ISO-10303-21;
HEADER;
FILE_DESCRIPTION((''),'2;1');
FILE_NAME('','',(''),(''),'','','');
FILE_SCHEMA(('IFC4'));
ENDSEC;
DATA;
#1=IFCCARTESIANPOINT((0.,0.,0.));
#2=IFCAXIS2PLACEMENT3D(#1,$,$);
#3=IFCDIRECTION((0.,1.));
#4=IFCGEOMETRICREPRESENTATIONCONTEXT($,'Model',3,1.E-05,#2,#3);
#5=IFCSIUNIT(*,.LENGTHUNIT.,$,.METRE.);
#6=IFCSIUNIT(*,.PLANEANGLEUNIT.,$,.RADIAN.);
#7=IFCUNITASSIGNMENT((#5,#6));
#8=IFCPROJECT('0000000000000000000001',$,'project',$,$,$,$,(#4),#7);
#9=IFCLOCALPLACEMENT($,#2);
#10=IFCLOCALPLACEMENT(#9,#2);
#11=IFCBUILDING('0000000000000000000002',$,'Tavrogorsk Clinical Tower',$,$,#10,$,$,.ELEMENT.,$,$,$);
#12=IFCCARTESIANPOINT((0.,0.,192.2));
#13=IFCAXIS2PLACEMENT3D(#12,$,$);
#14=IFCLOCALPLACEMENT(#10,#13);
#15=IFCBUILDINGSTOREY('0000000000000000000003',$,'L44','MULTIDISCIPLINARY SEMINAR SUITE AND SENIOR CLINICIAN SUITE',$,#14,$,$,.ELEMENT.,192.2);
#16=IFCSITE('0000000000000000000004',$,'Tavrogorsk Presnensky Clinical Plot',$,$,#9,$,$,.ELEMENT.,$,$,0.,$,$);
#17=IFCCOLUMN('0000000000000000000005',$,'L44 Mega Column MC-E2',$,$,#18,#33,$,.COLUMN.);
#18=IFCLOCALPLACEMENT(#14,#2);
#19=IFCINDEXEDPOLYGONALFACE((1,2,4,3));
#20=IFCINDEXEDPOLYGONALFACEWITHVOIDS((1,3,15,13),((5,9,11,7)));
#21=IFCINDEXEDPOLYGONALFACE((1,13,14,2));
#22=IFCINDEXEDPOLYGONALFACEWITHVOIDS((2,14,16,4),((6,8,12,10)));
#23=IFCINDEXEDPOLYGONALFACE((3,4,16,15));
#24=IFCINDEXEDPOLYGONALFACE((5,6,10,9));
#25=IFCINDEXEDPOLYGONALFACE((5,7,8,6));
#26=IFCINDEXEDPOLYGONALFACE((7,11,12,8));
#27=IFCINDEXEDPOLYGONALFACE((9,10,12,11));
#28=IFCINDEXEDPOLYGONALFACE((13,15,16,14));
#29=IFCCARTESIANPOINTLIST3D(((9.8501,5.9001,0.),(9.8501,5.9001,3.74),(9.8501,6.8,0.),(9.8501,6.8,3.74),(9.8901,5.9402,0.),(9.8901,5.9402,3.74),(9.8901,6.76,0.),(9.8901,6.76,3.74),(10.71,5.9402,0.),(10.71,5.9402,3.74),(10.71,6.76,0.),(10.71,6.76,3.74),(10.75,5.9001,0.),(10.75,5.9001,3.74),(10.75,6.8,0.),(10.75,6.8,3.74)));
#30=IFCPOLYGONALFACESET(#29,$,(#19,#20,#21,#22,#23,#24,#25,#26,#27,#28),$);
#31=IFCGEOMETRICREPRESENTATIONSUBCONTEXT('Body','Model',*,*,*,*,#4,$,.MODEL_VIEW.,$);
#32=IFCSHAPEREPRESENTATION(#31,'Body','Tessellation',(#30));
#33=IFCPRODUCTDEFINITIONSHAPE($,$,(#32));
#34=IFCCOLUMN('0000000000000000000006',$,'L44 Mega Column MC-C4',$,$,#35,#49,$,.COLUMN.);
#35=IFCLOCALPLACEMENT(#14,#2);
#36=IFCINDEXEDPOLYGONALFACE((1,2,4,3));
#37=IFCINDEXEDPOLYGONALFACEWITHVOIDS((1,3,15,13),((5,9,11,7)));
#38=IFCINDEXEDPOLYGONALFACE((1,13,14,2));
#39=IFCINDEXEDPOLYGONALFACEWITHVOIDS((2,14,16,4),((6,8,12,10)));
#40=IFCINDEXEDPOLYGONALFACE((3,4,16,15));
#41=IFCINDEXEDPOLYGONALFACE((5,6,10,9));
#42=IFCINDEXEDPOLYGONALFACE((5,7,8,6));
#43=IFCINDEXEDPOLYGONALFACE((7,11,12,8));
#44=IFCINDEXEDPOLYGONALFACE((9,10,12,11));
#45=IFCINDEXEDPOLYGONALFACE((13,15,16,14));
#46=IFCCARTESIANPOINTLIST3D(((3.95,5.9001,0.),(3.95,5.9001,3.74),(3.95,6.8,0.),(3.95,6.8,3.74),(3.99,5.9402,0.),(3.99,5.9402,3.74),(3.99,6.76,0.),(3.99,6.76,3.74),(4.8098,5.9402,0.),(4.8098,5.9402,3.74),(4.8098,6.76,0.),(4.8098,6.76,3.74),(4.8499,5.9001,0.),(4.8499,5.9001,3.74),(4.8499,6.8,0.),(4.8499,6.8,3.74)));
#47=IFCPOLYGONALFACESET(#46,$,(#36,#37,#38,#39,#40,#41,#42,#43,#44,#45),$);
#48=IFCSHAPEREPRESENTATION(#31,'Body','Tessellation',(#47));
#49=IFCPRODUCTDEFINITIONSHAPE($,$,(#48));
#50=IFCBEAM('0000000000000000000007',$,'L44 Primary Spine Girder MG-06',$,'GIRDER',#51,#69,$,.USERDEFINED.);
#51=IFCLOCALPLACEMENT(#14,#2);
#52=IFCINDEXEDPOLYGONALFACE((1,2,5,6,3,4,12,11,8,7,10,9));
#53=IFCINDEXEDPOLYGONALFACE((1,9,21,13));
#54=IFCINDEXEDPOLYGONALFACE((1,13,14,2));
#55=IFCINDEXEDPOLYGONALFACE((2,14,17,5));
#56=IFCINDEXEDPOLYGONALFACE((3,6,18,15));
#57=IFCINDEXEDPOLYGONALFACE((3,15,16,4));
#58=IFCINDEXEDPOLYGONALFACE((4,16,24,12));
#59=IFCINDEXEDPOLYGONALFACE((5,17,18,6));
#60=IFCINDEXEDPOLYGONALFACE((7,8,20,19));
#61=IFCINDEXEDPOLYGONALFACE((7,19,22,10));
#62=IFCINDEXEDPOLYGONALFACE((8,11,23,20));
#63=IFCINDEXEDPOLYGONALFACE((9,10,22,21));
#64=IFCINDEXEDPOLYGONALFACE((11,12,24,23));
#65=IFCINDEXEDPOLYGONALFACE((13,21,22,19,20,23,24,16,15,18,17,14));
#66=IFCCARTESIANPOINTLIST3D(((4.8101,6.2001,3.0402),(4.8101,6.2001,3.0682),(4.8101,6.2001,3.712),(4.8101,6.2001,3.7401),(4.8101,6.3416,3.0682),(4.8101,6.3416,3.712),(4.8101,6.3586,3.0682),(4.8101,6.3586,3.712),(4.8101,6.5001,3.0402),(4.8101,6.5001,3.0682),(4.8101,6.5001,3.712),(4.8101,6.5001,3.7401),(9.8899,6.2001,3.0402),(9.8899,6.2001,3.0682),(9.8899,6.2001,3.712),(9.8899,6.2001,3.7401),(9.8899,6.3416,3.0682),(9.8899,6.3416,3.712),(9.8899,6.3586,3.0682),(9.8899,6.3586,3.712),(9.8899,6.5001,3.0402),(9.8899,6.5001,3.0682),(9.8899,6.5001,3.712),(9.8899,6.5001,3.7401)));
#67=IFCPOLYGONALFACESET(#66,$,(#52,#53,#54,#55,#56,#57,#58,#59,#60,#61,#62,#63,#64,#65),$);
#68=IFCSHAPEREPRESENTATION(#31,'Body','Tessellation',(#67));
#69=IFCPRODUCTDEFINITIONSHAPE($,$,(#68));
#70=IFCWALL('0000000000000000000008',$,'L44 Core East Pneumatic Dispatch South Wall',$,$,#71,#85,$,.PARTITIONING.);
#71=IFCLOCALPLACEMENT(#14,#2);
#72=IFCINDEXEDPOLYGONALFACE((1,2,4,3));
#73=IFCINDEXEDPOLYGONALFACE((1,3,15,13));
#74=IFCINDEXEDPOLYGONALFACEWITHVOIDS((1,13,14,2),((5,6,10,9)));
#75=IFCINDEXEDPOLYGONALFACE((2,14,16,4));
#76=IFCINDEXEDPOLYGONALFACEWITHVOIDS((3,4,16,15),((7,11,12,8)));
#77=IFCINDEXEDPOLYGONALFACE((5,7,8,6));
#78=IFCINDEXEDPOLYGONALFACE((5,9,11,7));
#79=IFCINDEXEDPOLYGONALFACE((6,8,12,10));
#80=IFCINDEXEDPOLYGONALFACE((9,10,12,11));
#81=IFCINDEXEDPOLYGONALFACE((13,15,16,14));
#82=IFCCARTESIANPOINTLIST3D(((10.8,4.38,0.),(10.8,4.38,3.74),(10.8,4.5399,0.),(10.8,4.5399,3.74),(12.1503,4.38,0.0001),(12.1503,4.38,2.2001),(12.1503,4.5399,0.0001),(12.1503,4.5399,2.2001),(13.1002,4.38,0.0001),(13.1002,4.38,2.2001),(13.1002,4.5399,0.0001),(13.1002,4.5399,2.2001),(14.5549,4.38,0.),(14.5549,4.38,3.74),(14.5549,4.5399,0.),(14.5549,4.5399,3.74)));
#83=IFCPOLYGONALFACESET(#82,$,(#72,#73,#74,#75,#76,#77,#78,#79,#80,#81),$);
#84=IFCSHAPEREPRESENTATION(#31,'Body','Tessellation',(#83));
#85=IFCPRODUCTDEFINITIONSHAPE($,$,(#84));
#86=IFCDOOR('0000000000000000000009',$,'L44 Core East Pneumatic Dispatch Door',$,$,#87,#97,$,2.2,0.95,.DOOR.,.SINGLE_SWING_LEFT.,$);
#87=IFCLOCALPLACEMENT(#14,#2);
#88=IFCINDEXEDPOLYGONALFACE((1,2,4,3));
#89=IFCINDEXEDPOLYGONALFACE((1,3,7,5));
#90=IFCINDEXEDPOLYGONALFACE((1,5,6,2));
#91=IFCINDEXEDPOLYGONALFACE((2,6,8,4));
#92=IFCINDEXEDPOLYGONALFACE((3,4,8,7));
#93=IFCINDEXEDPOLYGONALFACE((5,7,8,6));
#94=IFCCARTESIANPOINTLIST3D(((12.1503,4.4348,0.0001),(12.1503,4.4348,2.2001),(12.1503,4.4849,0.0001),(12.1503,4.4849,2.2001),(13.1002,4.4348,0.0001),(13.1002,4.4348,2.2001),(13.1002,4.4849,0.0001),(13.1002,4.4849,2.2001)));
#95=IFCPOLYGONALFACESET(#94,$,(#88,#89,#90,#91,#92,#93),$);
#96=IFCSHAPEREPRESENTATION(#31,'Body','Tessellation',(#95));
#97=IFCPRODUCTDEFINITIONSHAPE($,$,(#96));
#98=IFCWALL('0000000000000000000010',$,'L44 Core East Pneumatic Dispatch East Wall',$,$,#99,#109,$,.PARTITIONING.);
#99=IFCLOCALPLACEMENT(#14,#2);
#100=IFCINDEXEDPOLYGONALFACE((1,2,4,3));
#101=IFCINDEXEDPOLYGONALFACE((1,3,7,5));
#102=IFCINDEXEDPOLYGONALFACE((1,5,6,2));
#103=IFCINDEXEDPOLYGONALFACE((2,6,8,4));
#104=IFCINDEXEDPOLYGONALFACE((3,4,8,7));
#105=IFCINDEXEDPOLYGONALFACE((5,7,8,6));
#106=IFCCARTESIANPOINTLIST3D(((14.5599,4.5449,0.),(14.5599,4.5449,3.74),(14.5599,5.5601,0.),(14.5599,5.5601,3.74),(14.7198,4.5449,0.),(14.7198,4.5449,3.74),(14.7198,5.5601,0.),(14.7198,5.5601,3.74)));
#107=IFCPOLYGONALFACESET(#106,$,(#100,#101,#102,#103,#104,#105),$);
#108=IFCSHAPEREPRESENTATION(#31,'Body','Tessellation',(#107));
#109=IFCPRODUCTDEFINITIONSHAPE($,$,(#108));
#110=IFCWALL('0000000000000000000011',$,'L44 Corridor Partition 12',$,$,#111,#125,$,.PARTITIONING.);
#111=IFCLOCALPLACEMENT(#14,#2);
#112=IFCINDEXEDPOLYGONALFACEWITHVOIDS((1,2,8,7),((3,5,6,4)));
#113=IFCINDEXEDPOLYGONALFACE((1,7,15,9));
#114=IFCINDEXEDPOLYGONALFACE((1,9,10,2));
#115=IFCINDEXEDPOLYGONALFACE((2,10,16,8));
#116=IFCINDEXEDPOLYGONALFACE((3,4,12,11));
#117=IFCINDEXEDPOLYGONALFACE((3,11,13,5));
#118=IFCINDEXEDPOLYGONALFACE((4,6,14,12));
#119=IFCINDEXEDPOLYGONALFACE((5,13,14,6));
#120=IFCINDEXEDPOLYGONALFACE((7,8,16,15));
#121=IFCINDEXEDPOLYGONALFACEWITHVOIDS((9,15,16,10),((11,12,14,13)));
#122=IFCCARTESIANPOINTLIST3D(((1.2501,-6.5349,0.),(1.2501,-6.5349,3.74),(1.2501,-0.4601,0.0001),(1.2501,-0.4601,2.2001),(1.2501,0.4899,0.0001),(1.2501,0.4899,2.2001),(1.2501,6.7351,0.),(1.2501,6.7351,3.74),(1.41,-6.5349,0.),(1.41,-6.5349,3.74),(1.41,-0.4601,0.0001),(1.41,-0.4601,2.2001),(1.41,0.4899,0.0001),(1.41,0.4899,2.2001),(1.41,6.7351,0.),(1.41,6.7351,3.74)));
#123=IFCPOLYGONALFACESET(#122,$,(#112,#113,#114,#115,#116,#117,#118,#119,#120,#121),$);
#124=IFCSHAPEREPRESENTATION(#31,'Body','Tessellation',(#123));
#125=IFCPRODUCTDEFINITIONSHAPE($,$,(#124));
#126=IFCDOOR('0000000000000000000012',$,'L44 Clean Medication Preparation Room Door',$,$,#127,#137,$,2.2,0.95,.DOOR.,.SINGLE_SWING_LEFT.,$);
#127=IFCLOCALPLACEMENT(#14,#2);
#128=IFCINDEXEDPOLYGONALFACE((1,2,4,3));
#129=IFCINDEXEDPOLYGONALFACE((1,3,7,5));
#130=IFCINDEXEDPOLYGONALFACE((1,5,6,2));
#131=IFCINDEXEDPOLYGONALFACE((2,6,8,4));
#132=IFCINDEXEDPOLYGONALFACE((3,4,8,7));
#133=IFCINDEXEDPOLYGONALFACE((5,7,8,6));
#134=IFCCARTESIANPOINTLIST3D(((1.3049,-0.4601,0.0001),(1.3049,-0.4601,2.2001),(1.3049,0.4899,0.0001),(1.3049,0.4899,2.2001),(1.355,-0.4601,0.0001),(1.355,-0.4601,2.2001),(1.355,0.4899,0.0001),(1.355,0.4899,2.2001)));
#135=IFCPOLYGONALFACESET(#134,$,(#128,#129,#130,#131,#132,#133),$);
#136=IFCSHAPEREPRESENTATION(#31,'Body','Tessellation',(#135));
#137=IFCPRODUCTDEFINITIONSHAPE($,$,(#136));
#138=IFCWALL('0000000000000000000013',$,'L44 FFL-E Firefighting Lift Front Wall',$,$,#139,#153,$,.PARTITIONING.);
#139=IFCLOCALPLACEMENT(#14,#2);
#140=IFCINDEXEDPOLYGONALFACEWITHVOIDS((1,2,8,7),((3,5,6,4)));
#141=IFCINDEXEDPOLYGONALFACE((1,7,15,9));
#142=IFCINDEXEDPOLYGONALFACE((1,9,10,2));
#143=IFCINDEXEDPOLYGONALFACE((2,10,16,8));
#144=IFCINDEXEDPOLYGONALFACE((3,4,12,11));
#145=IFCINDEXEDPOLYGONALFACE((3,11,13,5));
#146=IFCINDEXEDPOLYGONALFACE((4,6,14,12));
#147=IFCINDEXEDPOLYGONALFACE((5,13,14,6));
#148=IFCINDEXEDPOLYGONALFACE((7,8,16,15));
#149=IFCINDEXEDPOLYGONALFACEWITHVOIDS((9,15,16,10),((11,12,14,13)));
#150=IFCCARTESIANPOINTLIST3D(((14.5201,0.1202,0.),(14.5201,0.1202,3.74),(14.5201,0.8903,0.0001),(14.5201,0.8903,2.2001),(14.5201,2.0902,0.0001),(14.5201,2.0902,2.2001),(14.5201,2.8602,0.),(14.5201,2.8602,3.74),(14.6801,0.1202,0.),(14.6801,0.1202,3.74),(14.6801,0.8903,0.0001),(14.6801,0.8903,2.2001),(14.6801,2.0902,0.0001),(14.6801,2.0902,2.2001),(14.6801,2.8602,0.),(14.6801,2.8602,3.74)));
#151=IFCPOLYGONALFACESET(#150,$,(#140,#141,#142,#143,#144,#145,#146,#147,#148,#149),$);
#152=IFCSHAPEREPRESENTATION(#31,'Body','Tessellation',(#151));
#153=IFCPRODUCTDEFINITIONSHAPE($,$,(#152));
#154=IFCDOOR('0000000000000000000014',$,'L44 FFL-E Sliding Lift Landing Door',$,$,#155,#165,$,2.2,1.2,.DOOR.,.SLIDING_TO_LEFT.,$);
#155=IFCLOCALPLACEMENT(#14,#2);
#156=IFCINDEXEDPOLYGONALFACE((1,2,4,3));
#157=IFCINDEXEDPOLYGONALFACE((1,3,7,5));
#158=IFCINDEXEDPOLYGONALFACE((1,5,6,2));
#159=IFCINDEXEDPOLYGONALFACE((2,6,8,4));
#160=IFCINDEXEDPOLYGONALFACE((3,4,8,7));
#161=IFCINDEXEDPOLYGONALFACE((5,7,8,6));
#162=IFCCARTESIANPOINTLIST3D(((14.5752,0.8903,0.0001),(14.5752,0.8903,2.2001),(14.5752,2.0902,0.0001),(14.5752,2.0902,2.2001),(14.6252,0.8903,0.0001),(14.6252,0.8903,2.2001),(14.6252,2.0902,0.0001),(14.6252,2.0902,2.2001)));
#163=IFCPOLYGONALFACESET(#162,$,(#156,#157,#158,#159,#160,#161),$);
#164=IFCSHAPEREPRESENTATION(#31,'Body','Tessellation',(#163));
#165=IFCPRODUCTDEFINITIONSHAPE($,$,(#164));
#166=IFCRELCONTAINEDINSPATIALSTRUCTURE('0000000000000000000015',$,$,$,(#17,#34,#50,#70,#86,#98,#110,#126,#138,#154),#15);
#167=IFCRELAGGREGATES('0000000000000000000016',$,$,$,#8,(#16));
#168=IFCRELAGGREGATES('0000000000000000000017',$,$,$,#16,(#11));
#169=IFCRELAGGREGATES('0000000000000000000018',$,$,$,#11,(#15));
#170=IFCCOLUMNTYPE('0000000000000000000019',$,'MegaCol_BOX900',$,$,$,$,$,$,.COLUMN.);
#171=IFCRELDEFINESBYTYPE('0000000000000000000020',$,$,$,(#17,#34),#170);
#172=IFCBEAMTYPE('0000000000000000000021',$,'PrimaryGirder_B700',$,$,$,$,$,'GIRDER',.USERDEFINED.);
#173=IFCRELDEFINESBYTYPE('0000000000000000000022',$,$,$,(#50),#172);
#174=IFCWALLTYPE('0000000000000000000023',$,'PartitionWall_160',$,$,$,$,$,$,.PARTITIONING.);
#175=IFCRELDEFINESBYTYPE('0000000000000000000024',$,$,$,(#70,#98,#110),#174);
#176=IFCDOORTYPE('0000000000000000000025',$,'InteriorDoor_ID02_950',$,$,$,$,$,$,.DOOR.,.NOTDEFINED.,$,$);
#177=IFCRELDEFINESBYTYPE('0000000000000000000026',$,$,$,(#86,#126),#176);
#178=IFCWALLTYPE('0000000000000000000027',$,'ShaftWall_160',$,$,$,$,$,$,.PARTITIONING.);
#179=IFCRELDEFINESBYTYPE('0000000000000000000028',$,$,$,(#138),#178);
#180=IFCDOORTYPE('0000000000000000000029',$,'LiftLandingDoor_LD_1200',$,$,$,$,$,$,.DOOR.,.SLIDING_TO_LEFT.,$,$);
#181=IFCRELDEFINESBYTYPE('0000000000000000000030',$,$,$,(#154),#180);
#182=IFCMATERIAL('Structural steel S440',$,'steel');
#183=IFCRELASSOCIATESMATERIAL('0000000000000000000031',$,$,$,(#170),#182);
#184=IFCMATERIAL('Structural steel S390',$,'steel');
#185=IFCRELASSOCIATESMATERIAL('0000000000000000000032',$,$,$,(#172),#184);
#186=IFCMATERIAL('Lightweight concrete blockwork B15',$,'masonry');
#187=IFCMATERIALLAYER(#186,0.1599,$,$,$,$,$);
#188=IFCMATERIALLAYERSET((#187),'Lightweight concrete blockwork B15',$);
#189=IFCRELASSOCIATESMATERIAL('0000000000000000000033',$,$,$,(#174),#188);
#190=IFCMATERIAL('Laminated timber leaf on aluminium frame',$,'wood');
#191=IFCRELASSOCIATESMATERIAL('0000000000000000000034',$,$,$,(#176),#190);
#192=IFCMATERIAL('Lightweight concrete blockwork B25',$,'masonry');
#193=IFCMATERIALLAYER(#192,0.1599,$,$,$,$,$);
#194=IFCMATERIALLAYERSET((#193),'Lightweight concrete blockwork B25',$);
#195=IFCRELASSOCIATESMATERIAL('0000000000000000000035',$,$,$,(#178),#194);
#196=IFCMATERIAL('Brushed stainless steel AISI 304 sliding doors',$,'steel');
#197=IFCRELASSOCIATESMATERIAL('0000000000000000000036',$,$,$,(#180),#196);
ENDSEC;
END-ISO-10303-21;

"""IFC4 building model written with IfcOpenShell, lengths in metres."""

from ifc_helpers import new_model, si_unit, direction, frame, frame_2d, origin, origin_2d, place, context, subcontext, project, spatial, rectangle, hollow_rectangle, i_section, extrude, material, layer, layer_set, material_profile, profile_set, type_object, element, fill, save


model = new_model("IFC4")

# Units and contexts
model_context = context("Model", 3, precision=1e-05, world=origin(), true_north=direction((0.0, 1.0)))
body_context = subcontext(model_context, "Body", "Model", "MODEL_VIEW")
ifc_project = project(units=[si_unit("LENGTHUNIT", "METRE"), si_unit("PLANEANGLEUNIT", "RADIAN")], contexts=[model_context])

# Site, building, storey
site_placement = place(None, origin())
site = spatial("IfcSite", under=ifc_project, at=site_placement, Name="Tavrogorsk Presnensky Clinical Plot", CompositionType="ELEMENT", RefElevation=0.0)
building_placement = place(site_placement, origin())
building = spatial("IfcBuilding", under=site, at=building_placement, Name="Tavrogorsk Clinical Tower", CompositionType="ELEMENT")
storey_placement = place(building_placement, frame((0.0, 0.0, 192.2)))
storey = spatial("IfcBuildingStorey", under=building, at=storey_placement, Name="L44", Description="MULTIDISCIPLINARY SEMINAR SUITE AND SENIOR CLINICIAN SUITE", CompositionType="ELEMENT", Elevation=192.2)

# Columns
ifc_material_1 = material(Name="Structural steel S440", Category="steel")
ifc_material_profile_1 = material_profile(ifc_material_1, hollow_rectangle(XDim=0.8999, YDim=0.8999, WallThickness=0.04, at=origin_2d()), Name="BOX-900x900x40")
ifc_profile_set_1 = profile_set([ifc_material_profile_1], Name="Structural steel S440")
column_type = type_object("IfcColumnType", Name="MegaCol_BOX900", PredefinedType="COLUMN", material=ifc_profile_set_1)
for number, where, z_axis, x_axis, name in (
    (1, (10.3, 6.3501, 0.0), (0.0, 0.0, 1.0), (1.0, 0.0, 0.0), "L44 Mega Column MC-E2"),
    (2, (4.3999, 6.3501, 0.0), (0.0, 0.0, 1.0), (1.0, 0.0, 0.0), "L44 Mega Column MC-C4"),
):
    element("IfcColumn", number, at=place(storey_placement, frame(where, z_axis=z_axis, x_axis=x_axis)), inside=storey, type_object=column_type, Name=name, PredefinedType="COLUMN", context=body_context, shape_type="SweptSolid", body=[
        extrude(hollow_rectangle(XDim=0.8999, YDim=0.8999, WallThickness=0.04, at=origin_2d()), origin(), (0.0, 0.0, 1.0), 3.74),
    ])

# Beam
ifc_material_2 = material(Name="Structural steel S390", Category="steel")
ifc_material_profile_2 = material_profile(ifc_material_2, i_section(OverallWidth=0.3, OverallDepth=0.7, WebThickness=0.0171, FlangeThickness=0.0281, at=origin_2d()), Name="B-700x300x17x28")
ifc_profile_set_2 = profile_set([ifc_material_profile_2], Name="Structural steel S390")
beam_type = type_object("IfcBeamType", Name="PrimaryGirder_B700", ElementType="GIRDER", PredefinedType="USERDEFINED", material=ifc_profile_set_2)
beam_placement = place(storey_placement, frame((4.8101, 6.3501, 3.3901), z_axis=(1.0, 0.0, 0.0), x_axis=(0.0, 1.0, 0.0)))
element("IfcBeam", 3, at=beam_placement, inside=storey, type_object=beam_type, Name="L44 Primary Spine Girder MG-06", ObjectType="GIRDER", PredefinedType="USERDEFINED", context=body_context, shape_type="SweptSolid", body=[
    extrude(i_section(OverallWidth=0.3, OverallDepth=0.7, WebThickness=0.0171, FlangeThickness=0.0281, at=origin_2d()), origin(), (0.0, 0.0, 1.0), 5.0798),
])

# Wall, opening, door
ifc_material_3 = material(Name="Lightweight concrete blockwork B15", Category="masonry")
ifc_layer_1 = layer(ifc_material_3, 0.1599)
ifc_layer_set_1 = layer_set([ifc_layer_1], Name="Lightweight concrete blockwork B15")
wall_type_1 = type_object("IfcWallType", Name="PartitionWall_160", PredefinedType="PARTITIONING", material=ifc_layer_set_1)
wall_1_placement = place(storey_placement, frame((10.8, 4.46, 0.0), z_axis=(0.0, 0.0, 1.0), x_axis=(1.0, 0.0, 0.0)))
wall_1 = element("IfcWall", 4, at=wall_1_placement, inside=storey, type_object=wall_type_1, Name="L44 Core East Pneumatic Dispatch South Wall", PredefinedType="PARTITIONING", context=body_context, shape_type="SweptSolid", body=[
    extrude(rectangle(XDim=3.7549, YDim=0.1599, at=frame_2d((1.8774, 0.0))), origin(), (0.0, 0.0, 1.0), 3.74),
])
opening_1_placement = place(wall_1_placement, frame((1.3501, 0.0, 0.0)))
opening_1 = element("IfcOpeningElement", 5, at=opening_1_placement, cuts=wall_1, PredefinedType="OPENING", context=body_context, shape_type="SweptSolid", body=[
    extrude(rectangle(XDim=0.95, YDim=2.2, at=frame_2d((0.4751, 1.1001))), frame((0.0, 0.0898, 0.0), z_axis=(0.0, -1.0, 0.0), x_axis=(1.0, 0.0, 0.0)), (0.0, 0.0, 1.0), 0.1799),
])
ifc_material_4 = material(Name="Laminated timber leaf on aluminium frame", Category="wood")
door_type_1 = type_object("IfcDoorType", Name="InteriorDoor_ID02_950", OperationType="NOTDEFINED", PredefinedType="DOOR", material=ifc_material_4)
door_1_placement = place(opening_1_placement, origin())
door_1 = element("IfcDoor", 6, at=door_1_placement, inside=storey, type_object=door_type_1, Name="L44 Core East Pneumatic Dispatch Door", OperationType="SINGLE_SWING_LEFT", OverallHeight=2.2, OverallWidth=0.95, PredefinedType="DOOR", context=body_context, shape_type="SweptSolid", body=[
    extrude(rectangle(XDim=0.95, YDim=2.2, at=frame_2d((0.4751, 1.1001))), frame((0.0, 0.0249, 0.0), z_axis=(0.0, -1.0, 0.0), x_axis=(1.0, 0.0, 0.0)), (0.0, 0.0, 1.0), 0.05),
])
fill(opening_1, door_1)

# Wall
wall_2_placement = place(storey_placement, frame((14.6399, 4.5449, 0.0), z_axis=(0.0, 0.0, 1.0), x_axis=(0.0, 1.0, 0.0)))
element("IfcWall", 7, at=wall_2_placement, inside=storey, type_object=wall_type_1, Name="L44 Core East Pneumatic Dispatch East Wall", PredefinedType="PARTITIONING", context=body_context, shape_type="SweptSolid", body=[
    extrude(rectangle(XDim=1.0151, YDim=0.1599, at=frame_2d((0.5076, 0.0))), origin(), (0.0, 0.0, 1.0), 3.74),
])

# Walls, openings, doors
wall_3_placement = place(storey_placement, frame((1.3301, 6.7351, 0.0), z_axis=(0.0, 0.0, 1.0), x_axis=(0.0, -1.0, 0.0)))
wall_3 = element("IfcWall", 8, at=wall_3_placement, inside=storey, type_object=wall_type_1, Name="L44 Corridor Partition 12", PredefinedType="PARTITIONING", context=body_context, shape_type="SweptSolid", body=[
    extrude(rectangle(XDim=13.27, YDim=0.1599, at=frame_2d((6.635, 0.0))), origin(), (0.0, 0.0, 1.0), 3.74),
])
opening_2_placement = place(wall_3_placement, frame((6.2451, 0.0, 0.0)))
opening_2 = element("IfcOpeningElement", 9, at=opening_2_placement, cuts=wall_3, PredefinedType="OPENING", context=body_context, shape_type="SweptSolid", body=[
    extrude(rectangle(XDim=0.95, YDim=2.2, at=frame_2d((0.4751, 1.1001))), frame((0.0, 0.0898, 0.0), z_axis=(0.0, -1.0, 0.0), x_axis=(1.0, 0.0, 0.0)), (0.0, 0.0, 1.0), 0.1799),
])
door_2_placement = place(opening_2_placement, origin())
door_2 = element("IfcDoor", 10, at=door_2_placement, inside=storey, type_object=door_type_1, Name="L44 Clean Medication Preparation Room Door", OperationType="SINGLE_SWING_LEFT", OverallHeight=2.2, OverallWidth=0.95, PredefinedType="DOOR", context=body_context, shape_type="SweptSolid", body=[
    extrude(rectangle(XDim=0.95, YDim=2.2, at=frame_2d((0.4751, 1.1001))), frame((0.0, 0.0249, 0.0), z_axis=(0.0, -1.0, 0.0), x_axis=(1.0, 0.0, 0.0)), (0.0, 0.0, 1.0), 0.05),
])
fill(opening_2, door_2)
ifc_material_5 = material(Name="Lightweight concrete blockwork B25", Category="masonry")
ifc_layer_2 = layer(ifc_material_5, 0.1599)
ifc_layer_set_2 = layer_set([ifc_layer_2], Name="Lightweight concrete blockwork B25")
wall_type_2 = type_object("IfcWallType", Name="ShaftWall_160", PredefinedType="PARTITIONING", material=ifc_layer_set_2)
wall_4_placement = place(storey_placement, frame((14.6001, 0.1201, 0.0), z_axis=(0.0, 0.0, 1.0), x_axis=(0.0, 1.0, 0.0)))
wall_4 = element("IfcWall", 11, at=wall_4_placement, inside=storey, type_object=wall_type_2, Name="L44 FFL-E Firefighting Lift Front Wall", PredefinedType="PARTITIONING", context=body_context, shape_type="SweptSolid", body=[
    extrude(rectangle(XDim=2.74, YDim=0.1599, at=frame_2d((1.3701, 0.0))), origin(), (0.0, 0.0, 1.0), 3.74),
])
opening_3_placement = place(wall_4_placement, frame((0.77, 0.0, 0.0)))
opening_3 = element("IfcOpeningElement", 12, at=opening_3_placement, cuts=wall_4, PredefinedType="OPENING", context=body_context, shape_type="SweptSolid", body=[
    extrude(rectangle(XDim=1.2, YDim=2.2, at=frame_2d((0.6001, 1.1001))), frame((0.0, 0.0898, 0.0), z_axis=(0.0, -1.0, 0.0), x_axis=(1.0, 0.0, 0.0)), (0.0, 0.0, 1.0), 0.1799),
])
ifc_material_6 = material(Name="Brushed stainless steel AISI 304 sliding doors", Category="steel")
door_type_2 = type_object("IfcDoorType", Name="LiftLandingDoor_LD_1200", OperationType="SLIDING_TO_LEFT", PredefinedType="DOOR", material=ifc_material_6)
door_3_placement = place(opening_3_placement, origin())
door_3 = element("IfcDoor", 13, at=door_3_placement, inside=storey, type_object=door_type_2, Name="L44 FFL-E Sliding Lift Landing Door", OperationType="SLIDING_TO_LEFT", OverallHeight=2.2, OverallWidth=1.2, PredefinedType="DOOR", context=body_context, shape_type="SweptSolid", body=[
    extrude(rectangle(XDim=1.2, YDim=2.2, at=frame_2d((0.6001, 1.1001))), frame((0.0, 0.0249, 0.0), z_axis=(0.0, -1.0, 0.0), x_axis=(1.0, 0.0, 0.0)), (0.0, 0.0, 1.0), 0.05),
])
fill(opening_3, door_3)

save(model, "model.ifc")
